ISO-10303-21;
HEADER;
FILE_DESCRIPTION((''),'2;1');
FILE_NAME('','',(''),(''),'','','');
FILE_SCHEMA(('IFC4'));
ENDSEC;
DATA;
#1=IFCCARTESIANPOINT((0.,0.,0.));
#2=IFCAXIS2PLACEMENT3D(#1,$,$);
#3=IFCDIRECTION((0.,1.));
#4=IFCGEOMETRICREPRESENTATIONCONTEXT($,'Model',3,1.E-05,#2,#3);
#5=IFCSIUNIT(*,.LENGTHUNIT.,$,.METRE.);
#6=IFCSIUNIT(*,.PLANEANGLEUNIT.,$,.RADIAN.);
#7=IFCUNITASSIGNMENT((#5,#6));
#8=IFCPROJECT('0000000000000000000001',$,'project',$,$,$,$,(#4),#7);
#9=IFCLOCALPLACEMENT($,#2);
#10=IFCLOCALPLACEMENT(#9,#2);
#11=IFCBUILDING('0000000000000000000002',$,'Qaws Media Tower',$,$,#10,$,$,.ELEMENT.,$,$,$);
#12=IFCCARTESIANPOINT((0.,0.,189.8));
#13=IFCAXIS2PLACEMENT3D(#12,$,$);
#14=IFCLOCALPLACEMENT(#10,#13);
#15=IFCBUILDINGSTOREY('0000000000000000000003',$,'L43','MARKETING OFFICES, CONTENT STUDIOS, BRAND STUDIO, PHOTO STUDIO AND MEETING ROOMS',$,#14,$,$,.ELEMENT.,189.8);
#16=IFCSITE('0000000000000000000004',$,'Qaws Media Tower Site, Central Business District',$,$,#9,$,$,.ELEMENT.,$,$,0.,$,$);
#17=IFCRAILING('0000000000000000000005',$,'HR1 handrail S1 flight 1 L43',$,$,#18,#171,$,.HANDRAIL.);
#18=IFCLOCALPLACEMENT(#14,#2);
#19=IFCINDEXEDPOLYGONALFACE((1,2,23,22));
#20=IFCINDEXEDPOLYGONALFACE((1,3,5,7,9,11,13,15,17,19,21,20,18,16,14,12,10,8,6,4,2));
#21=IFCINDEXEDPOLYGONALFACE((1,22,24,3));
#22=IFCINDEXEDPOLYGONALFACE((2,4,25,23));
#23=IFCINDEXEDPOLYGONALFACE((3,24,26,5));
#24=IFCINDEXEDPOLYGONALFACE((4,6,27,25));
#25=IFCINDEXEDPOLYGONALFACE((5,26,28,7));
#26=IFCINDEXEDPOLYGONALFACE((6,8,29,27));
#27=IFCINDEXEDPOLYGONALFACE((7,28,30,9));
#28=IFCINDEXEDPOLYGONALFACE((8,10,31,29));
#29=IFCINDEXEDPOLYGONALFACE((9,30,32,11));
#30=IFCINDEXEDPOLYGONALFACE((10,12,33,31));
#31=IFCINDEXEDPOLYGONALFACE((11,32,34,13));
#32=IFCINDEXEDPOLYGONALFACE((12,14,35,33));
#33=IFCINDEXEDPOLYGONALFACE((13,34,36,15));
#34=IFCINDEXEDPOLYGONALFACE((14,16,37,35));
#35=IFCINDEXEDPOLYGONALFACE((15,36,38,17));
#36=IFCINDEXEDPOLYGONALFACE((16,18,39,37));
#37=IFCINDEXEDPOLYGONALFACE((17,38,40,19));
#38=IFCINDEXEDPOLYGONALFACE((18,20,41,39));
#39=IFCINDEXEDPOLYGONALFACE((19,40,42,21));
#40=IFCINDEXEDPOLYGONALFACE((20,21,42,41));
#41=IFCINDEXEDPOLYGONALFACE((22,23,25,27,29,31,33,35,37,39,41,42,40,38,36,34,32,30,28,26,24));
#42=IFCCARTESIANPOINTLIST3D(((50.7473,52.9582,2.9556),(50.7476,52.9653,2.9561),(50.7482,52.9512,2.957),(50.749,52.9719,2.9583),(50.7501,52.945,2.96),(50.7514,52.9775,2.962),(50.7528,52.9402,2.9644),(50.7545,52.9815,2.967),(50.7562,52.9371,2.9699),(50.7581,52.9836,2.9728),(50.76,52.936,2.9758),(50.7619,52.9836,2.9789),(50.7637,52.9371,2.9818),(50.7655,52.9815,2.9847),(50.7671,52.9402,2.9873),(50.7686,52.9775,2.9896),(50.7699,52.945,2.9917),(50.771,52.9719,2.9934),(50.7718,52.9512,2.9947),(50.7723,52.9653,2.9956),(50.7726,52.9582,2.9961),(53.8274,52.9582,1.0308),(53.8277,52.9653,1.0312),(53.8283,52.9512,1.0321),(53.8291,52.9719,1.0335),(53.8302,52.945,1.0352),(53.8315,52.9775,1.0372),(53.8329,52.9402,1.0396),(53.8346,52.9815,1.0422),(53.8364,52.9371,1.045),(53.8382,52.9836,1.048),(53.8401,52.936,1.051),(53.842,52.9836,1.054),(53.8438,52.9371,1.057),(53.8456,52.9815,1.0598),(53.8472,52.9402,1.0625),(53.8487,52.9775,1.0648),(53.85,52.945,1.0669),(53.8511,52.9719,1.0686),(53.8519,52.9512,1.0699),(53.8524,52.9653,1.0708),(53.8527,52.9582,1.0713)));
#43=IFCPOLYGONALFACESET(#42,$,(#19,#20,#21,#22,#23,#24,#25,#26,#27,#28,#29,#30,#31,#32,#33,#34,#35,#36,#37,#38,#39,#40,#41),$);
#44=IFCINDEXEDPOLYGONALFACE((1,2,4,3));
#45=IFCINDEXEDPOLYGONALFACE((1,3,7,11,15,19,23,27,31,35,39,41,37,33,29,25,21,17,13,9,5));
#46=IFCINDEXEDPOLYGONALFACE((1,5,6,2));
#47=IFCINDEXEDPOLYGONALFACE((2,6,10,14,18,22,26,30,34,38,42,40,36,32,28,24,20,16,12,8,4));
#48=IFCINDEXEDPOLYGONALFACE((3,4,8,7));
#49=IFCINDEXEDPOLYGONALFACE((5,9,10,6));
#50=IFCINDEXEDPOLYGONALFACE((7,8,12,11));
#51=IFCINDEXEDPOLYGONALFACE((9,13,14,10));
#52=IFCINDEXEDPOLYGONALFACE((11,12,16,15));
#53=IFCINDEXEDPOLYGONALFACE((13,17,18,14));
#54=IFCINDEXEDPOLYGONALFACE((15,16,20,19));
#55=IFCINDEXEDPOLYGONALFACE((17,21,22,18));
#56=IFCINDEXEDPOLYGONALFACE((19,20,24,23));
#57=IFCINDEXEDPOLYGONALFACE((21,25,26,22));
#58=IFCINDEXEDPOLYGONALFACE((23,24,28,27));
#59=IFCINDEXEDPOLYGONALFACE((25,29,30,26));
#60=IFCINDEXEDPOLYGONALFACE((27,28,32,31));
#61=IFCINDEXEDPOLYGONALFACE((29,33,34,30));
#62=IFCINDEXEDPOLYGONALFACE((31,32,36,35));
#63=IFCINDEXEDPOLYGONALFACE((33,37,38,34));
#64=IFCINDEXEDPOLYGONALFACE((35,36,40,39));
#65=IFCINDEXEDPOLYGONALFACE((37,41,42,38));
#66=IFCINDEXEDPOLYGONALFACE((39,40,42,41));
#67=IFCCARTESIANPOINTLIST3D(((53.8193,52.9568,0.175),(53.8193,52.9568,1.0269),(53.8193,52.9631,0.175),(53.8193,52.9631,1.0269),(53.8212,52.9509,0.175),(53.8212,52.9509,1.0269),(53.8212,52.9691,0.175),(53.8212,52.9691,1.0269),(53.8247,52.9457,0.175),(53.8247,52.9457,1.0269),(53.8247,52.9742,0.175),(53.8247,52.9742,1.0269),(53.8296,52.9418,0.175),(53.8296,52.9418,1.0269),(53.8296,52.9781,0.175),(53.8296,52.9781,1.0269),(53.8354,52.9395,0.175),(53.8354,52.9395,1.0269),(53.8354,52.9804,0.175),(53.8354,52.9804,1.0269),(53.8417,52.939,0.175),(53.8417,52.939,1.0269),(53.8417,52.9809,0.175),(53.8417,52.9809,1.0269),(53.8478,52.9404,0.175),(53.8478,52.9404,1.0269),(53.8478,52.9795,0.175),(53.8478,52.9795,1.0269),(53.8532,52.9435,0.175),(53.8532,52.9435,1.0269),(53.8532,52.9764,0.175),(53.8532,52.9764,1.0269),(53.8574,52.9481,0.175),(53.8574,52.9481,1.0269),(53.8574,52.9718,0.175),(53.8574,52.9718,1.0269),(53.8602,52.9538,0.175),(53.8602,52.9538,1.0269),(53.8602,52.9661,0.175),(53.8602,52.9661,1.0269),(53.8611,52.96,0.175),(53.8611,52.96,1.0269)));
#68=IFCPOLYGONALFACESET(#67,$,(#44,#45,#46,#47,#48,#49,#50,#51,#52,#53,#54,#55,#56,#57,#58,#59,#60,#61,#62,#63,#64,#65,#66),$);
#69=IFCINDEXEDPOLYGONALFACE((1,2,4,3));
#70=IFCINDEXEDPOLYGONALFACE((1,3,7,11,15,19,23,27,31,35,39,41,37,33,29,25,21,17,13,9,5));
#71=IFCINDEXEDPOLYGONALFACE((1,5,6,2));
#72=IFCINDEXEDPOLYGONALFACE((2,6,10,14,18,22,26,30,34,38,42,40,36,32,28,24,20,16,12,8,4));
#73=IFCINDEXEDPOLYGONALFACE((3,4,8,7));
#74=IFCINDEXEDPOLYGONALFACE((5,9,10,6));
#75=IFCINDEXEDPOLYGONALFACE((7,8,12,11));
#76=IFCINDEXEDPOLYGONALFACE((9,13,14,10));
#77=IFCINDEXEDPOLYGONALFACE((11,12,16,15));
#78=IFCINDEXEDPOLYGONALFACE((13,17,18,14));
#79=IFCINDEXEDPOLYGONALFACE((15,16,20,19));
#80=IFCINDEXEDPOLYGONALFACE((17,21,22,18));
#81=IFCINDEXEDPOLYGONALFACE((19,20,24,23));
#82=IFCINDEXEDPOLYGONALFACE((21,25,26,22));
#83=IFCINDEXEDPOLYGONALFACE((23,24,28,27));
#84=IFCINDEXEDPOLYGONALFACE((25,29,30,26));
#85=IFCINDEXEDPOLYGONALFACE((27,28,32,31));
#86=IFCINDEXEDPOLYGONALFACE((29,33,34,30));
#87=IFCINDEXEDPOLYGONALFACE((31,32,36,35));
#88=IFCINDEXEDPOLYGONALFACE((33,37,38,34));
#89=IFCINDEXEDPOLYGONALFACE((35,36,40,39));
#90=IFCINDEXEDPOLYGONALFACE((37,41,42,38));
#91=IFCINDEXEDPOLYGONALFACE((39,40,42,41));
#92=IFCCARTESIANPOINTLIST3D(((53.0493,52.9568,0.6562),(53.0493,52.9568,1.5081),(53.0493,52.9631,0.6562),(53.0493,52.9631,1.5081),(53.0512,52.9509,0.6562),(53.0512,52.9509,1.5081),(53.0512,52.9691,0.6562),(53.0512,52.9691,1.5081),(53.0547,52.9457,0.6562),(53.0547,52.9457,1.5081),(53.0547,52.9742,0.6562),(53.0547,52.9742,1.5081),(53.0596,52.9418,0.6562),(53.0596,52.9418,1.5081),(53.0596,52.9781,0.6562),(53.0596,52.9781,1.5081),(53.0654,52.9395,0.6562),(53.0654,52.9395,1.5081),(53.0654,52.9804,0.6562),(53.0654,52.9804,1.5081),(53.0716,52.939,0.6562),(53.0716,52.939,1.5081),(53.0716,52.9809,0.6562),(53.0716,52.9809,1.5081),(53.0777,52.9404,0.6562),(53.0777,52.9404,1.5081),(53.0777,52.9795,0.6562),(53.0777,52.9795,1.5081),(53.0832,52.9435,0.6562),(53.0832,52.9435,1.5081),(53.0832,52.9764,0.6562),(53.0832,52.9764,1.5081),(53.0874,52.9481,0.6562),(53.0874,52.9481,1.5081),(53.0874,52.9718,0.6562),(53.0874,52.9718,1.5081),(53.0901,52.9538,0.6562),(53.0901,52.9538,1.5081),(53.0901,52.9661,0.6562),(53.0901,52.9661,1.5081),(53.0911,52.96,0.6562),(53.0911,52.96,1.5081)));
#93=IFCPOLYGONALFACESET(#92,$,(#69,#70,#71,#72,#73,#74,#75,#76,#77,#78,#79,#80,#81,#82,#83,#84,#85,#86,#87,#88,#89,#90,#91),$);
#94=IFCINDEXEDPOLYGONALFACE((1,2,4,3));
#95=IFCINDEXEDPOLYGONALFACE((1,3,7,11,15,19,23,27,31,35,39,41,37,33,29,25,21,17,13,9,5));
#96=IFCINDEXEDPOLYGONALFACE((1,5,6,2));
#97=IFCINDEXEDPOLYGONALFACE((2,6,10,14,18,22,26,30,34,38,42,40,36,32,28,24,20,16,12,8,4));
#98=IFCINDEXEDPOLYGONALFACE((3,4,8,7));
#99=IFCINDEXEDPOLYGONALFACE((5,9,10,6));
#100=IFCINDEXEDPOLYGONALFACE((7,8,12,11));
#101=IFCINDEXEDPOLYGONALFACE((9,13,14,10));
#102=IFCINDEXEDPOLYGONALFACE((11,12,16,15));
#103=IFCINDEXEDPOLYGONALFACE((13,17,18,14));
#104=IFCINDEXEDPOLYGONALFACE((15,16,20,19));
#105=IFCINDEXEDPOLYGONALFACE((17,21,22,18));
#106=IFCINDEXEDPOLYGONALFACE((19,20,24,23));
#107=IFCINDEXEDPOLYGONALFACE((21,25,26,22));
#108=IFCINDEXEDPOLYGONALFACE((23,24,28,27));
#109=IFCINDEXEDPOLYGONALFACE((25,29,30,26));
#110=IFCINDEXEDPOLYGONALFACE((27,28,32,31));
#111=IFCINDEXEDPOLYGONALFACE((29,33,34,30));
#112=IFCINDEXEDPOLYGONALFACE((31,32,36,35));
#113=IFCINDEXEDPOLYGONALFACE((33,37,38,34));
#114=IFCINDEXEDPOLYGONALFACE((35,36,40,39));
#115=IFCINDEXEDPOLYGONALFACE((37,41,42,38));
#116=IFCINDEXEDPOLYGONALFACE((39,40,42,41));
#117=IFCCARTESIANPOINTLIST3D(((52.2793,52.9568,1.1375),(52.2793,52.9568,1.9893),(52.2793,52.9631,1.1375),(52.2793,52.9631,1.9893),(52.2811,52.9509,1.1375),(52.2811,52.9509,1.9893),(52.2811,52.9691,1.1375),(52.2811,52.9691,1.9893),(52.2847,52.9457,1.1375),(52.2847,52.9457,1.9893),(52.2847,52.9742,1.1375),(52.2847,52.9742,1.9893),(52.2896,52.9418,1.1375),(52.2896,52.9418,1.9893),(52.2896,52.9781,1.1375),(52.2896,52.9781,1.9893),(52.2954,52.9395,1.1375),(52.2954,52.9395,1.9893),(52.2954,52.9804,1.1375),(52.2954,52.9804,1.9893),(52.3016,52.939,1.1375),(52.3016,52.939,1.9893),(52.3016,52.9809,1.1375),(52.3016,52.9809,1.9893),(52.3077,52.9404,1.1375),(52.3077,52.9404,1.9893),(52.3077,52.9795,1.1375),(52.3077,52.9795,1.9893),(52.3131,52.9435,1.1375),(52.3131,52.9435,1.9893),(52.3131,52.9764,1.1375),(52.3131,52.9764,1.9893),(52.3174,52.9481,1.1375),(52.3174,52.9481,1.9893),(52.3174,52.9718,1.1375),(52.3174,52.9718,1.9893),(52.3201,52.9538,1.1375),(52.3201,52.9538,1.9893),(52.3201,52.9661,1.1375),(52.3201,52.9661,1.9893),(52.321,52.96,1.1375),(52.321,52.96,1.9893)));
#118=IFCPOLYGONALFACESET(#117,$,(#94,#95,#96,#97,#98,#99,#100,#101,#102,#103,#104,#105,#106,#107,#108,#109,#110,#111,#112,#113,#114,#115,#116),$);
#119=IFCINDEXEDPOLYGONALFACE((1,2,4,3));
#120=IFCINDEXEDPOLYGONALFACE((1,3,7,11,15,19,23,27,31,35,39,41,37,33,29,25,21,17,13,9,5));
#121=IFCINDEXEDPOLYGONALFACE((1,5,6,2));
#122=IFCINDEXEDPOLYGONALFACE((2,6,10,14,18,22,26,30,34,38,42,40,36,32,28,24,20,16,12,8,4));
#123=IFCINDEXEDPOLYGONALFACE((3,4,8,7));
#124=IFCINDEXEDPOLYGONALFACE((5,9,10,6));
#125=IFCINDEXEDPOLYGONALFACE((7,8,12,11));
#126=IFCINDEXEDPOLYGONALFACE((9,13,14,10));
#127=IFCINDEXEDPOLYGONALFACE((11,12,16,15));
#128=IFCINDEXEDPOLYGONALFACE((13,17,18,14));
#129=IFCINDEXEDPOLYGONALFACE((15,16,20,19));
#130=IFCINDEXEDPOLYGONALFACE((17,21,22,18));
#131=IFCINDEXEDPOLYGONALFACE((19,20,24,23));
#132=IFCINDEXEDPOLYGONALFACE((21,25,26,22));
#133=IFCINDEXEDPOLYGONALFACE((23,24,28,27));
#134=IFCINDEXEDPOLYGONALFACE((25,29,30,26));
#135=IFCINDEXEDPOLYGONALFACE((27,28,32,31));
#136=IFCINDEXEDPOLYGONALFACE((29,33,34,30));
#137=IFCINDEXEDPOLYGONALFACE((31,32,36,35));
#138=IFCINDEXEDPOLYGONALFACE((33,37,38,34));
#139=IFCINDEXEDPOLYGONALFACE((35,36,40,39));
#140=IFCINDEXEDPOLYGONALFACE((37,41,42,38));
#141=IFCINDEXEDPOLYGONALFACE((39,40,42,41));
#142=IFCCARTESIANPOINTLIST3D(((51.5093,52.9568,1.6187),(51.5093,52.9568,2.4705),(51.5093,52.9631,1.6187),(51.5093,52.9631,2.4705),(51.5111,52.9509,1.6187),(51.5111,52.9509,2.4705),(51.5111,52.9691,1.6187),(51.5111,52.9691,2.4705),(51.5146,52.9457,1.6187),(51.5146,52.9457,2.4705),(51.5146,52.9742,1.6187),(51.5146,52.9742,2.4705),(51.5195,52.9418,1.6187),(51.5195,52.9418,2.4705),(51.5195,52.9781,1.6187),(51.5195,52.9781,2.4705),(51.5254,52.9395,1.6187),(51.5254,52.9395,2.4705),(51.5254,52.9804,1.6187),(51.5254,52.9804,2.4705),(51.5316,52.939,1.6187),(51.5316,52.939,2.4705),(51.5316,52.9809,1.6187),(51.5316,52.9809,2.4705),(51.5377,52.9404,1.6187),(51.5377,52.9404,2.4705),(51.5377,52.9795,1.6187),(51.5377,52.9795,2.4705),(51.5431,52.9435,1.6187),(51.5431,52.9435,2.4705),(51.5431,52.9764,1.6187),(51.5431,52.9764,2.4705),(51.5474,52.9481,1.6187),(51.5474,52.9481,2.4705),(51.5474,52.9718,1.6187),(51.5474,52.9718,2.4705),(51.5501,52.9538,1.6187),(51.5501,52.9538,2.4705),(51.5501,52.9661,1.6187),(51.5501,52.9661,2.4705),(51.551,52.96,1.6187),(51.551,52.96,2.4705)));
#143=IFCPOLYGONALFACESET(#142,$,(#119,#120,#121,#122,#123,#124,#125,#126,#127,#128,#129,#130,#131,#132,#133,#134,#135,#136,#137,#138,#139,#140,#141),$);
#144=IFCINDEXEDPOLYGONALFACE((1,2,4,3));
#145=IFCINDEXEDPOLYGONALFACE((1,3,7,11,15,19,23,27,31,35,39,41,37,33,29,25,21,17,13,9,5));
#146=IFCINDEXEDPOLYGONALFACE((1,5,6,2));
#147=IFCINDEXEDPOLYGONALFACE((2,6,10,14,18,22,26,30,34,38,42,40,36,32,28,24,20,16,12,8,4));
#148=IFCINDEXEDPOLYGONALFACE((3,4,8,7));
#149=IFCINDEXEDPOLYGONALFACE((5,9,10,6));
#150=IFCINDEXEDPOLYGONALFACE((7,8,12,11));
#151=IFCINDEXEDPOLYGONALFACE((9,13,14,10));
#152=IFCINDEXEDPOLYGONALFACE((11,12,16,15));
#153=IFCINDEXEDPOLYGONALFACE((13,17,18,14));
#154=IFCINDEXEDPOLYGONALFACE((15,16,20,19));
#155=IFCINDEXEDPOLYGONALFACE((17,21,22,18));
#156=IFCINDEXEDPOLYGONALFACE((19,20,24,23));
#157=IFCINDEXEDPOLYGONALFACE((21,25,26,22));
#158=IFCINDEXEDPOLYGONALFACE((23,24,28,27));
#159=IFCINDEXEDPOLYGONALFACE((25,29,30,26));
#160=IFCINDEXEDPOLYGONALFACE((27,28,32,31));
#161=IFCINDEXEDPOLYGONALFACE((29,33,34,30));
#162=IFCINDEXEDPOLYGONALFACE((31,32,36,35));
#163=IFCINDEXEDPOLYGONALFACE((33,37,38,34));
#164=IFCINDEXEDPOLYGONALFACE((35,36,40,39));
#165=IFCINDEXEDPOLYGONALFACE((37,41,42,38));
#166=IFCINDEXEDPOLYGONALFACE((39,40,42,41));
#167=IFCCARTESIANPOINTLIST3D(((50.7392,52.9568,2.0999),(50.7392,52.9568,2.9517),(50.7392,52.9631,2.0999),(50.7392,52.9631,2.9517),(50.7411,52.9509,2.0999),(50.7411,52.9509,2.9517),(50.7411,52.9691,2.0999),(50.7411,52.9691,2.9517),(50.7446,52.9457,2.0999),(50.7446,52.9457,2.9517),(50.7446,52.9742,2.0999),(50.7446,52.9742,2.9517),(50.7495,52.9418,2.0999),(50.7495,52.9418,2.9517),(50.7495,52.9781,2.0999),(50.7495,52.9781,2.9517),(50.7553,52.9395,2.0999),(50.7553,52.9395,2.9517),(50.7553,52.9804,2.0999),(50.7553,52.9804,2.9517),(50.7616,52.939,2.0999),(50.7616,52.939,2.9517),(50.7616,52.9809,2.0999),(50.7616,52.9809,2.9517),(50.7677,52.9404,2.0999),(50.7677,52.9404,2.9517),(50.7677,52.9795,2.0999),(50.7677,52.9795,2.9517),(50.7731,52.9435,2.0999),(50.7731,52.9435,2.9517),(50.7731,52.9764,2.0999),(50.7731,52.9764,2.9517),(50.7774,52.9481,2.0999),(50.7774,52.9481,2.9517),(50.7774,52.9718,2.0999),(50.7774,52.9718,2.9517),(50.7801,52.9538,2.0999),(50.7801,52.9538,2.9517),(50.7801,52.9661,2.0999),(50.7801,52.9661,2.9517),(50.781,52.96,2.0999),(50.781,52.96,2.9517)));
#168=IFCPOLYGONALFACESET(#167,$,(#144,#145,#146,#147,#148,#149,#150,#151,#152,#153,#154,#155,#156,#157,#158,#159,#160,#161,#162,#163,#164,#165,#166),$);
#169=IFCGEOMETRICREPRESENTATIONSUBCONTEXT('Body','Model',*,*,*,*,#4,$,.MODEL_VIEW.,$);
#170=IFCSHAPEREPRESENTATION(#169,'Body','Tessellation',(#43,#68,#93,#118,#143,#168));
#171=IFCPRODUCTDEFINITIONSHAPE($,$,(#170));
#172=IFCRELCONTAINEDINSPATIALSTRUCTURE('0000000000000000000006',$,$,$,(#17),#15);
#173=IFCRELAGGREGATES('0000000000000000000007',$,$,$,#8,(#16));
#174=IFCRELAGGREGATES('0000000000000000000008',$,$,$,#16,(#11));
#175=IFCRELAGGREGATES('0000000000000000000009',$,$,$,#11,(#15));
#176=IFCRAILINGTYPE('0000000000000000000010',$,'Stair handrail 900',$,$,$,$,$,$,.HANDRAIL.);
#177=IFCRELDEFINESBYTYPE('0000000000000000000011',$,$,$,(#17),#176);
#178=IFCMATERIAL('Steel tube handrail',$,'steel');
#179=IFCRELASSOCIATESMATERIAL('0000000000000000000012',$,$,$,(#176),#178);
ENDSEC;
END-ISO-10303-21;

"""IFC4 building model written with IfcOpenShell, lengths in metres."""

from ifc_helpers import new_model, si_unit, direction, frame, origin, origin_2d, place, context, subcontext, project, spatial, circle, extrude, material, type_object, element, save


model = new_model("IFC4")

# Units and contexts
model_context = context("Model", 3, precision=1e-05, world=origin(), true_north=direction((0.0, 1.0)))
body_context = subcontext(model_context, "Body", "Model", "MODEL_VIEW")
ifc_project = project(units=[si_unit("LENGTHUNIT", "METRE"), si_unit("PLANEANGLEUNIT", "RADIAN")], contexts=[model_context])

# Site, building, storey
site_placement = place(None, origin())
site = spatial("IfcSite", under=ifc_project, at=site_placement, Name="Qaws Media Tower Site, Central Business District", CompositionType="ELEMENT", RefElevation=0.0)
building_placement = place(site_placement, origin())
building = spatial("IfcBuilding", under=site, at=building_placement, Name="Qaws Media Tower", CompositionType="ELEMENT")
storey_placement = place(building_placement, frame((0.0, 0.0, 189.8)))
storey = spatial("IfcBuildingStorey", under=building, at=storey_placement, Name="L43", Description="MARKETING OFFICES, CONTENT STUDIOS, BRAND STUDIO, PHOTO STUDIO AND MEETING ROOMS", CompositionType="ELEMENT", Elevation=189.8)

# Railing
ifc_material_1 = material(Name="Steel tube handrail", Category="steel")
railing_type = type_object("IfcRailingType", Name="Stair handrail 900", PredefinedType="HANDRAIL", material=ifc_material_1)
for number, where, name in (
    (1, (53.8401, 52.96, 0.175), "HR1 handrail S1 flight 1 L43"),
):
    element("IfcRailing", number, at=place(storey_placement, frame(where)), inside=storey, type_object=railing_type, Name=name, PredefinedType="HANDRAIL", context=body_context, shape_type="SweptSolid", body=[
        extrude(circle(Radius=0.0239, at=origin_2d()), frame((0.0, 0.0, 0.876), z_axis=(-0.848029, 0.0, 0.529951), x_axis=(0.0, -1.0, 0.0)), (0.0, 0.0, 1.0), 3.6321),
        extrude(circle(Radius=0.021, at=origin_2d()), origin(), (0.0, 0.0, 1.0), 0.8518),
        extrude(circle(Radius=0.021, at=origin_2d()), frame((-0.77, 0.0, 0.4812)), (0.0, 0.0, 1.0), 0.8518),
        extrude(circle(Radius=0.021, at=origin_2d()), frame((-1.54, 0.0, 0.9624)), (0.0, 0.0, 1.0), 0.8518),
        extrude(circle(Radius=0.021, at=origin_2d()), frame((-2.3101, 0.0, 1.4436)), (0.0, 0.0, 1.0), 0.8518),
        extrude(circle(Radius=0.021, at=origin_2d()), frame((-3.0801, 0.0, 1.9248)), (0.0, 0.0, 1.0), 0.8518),
    ])

save(model, "model.ifc")
